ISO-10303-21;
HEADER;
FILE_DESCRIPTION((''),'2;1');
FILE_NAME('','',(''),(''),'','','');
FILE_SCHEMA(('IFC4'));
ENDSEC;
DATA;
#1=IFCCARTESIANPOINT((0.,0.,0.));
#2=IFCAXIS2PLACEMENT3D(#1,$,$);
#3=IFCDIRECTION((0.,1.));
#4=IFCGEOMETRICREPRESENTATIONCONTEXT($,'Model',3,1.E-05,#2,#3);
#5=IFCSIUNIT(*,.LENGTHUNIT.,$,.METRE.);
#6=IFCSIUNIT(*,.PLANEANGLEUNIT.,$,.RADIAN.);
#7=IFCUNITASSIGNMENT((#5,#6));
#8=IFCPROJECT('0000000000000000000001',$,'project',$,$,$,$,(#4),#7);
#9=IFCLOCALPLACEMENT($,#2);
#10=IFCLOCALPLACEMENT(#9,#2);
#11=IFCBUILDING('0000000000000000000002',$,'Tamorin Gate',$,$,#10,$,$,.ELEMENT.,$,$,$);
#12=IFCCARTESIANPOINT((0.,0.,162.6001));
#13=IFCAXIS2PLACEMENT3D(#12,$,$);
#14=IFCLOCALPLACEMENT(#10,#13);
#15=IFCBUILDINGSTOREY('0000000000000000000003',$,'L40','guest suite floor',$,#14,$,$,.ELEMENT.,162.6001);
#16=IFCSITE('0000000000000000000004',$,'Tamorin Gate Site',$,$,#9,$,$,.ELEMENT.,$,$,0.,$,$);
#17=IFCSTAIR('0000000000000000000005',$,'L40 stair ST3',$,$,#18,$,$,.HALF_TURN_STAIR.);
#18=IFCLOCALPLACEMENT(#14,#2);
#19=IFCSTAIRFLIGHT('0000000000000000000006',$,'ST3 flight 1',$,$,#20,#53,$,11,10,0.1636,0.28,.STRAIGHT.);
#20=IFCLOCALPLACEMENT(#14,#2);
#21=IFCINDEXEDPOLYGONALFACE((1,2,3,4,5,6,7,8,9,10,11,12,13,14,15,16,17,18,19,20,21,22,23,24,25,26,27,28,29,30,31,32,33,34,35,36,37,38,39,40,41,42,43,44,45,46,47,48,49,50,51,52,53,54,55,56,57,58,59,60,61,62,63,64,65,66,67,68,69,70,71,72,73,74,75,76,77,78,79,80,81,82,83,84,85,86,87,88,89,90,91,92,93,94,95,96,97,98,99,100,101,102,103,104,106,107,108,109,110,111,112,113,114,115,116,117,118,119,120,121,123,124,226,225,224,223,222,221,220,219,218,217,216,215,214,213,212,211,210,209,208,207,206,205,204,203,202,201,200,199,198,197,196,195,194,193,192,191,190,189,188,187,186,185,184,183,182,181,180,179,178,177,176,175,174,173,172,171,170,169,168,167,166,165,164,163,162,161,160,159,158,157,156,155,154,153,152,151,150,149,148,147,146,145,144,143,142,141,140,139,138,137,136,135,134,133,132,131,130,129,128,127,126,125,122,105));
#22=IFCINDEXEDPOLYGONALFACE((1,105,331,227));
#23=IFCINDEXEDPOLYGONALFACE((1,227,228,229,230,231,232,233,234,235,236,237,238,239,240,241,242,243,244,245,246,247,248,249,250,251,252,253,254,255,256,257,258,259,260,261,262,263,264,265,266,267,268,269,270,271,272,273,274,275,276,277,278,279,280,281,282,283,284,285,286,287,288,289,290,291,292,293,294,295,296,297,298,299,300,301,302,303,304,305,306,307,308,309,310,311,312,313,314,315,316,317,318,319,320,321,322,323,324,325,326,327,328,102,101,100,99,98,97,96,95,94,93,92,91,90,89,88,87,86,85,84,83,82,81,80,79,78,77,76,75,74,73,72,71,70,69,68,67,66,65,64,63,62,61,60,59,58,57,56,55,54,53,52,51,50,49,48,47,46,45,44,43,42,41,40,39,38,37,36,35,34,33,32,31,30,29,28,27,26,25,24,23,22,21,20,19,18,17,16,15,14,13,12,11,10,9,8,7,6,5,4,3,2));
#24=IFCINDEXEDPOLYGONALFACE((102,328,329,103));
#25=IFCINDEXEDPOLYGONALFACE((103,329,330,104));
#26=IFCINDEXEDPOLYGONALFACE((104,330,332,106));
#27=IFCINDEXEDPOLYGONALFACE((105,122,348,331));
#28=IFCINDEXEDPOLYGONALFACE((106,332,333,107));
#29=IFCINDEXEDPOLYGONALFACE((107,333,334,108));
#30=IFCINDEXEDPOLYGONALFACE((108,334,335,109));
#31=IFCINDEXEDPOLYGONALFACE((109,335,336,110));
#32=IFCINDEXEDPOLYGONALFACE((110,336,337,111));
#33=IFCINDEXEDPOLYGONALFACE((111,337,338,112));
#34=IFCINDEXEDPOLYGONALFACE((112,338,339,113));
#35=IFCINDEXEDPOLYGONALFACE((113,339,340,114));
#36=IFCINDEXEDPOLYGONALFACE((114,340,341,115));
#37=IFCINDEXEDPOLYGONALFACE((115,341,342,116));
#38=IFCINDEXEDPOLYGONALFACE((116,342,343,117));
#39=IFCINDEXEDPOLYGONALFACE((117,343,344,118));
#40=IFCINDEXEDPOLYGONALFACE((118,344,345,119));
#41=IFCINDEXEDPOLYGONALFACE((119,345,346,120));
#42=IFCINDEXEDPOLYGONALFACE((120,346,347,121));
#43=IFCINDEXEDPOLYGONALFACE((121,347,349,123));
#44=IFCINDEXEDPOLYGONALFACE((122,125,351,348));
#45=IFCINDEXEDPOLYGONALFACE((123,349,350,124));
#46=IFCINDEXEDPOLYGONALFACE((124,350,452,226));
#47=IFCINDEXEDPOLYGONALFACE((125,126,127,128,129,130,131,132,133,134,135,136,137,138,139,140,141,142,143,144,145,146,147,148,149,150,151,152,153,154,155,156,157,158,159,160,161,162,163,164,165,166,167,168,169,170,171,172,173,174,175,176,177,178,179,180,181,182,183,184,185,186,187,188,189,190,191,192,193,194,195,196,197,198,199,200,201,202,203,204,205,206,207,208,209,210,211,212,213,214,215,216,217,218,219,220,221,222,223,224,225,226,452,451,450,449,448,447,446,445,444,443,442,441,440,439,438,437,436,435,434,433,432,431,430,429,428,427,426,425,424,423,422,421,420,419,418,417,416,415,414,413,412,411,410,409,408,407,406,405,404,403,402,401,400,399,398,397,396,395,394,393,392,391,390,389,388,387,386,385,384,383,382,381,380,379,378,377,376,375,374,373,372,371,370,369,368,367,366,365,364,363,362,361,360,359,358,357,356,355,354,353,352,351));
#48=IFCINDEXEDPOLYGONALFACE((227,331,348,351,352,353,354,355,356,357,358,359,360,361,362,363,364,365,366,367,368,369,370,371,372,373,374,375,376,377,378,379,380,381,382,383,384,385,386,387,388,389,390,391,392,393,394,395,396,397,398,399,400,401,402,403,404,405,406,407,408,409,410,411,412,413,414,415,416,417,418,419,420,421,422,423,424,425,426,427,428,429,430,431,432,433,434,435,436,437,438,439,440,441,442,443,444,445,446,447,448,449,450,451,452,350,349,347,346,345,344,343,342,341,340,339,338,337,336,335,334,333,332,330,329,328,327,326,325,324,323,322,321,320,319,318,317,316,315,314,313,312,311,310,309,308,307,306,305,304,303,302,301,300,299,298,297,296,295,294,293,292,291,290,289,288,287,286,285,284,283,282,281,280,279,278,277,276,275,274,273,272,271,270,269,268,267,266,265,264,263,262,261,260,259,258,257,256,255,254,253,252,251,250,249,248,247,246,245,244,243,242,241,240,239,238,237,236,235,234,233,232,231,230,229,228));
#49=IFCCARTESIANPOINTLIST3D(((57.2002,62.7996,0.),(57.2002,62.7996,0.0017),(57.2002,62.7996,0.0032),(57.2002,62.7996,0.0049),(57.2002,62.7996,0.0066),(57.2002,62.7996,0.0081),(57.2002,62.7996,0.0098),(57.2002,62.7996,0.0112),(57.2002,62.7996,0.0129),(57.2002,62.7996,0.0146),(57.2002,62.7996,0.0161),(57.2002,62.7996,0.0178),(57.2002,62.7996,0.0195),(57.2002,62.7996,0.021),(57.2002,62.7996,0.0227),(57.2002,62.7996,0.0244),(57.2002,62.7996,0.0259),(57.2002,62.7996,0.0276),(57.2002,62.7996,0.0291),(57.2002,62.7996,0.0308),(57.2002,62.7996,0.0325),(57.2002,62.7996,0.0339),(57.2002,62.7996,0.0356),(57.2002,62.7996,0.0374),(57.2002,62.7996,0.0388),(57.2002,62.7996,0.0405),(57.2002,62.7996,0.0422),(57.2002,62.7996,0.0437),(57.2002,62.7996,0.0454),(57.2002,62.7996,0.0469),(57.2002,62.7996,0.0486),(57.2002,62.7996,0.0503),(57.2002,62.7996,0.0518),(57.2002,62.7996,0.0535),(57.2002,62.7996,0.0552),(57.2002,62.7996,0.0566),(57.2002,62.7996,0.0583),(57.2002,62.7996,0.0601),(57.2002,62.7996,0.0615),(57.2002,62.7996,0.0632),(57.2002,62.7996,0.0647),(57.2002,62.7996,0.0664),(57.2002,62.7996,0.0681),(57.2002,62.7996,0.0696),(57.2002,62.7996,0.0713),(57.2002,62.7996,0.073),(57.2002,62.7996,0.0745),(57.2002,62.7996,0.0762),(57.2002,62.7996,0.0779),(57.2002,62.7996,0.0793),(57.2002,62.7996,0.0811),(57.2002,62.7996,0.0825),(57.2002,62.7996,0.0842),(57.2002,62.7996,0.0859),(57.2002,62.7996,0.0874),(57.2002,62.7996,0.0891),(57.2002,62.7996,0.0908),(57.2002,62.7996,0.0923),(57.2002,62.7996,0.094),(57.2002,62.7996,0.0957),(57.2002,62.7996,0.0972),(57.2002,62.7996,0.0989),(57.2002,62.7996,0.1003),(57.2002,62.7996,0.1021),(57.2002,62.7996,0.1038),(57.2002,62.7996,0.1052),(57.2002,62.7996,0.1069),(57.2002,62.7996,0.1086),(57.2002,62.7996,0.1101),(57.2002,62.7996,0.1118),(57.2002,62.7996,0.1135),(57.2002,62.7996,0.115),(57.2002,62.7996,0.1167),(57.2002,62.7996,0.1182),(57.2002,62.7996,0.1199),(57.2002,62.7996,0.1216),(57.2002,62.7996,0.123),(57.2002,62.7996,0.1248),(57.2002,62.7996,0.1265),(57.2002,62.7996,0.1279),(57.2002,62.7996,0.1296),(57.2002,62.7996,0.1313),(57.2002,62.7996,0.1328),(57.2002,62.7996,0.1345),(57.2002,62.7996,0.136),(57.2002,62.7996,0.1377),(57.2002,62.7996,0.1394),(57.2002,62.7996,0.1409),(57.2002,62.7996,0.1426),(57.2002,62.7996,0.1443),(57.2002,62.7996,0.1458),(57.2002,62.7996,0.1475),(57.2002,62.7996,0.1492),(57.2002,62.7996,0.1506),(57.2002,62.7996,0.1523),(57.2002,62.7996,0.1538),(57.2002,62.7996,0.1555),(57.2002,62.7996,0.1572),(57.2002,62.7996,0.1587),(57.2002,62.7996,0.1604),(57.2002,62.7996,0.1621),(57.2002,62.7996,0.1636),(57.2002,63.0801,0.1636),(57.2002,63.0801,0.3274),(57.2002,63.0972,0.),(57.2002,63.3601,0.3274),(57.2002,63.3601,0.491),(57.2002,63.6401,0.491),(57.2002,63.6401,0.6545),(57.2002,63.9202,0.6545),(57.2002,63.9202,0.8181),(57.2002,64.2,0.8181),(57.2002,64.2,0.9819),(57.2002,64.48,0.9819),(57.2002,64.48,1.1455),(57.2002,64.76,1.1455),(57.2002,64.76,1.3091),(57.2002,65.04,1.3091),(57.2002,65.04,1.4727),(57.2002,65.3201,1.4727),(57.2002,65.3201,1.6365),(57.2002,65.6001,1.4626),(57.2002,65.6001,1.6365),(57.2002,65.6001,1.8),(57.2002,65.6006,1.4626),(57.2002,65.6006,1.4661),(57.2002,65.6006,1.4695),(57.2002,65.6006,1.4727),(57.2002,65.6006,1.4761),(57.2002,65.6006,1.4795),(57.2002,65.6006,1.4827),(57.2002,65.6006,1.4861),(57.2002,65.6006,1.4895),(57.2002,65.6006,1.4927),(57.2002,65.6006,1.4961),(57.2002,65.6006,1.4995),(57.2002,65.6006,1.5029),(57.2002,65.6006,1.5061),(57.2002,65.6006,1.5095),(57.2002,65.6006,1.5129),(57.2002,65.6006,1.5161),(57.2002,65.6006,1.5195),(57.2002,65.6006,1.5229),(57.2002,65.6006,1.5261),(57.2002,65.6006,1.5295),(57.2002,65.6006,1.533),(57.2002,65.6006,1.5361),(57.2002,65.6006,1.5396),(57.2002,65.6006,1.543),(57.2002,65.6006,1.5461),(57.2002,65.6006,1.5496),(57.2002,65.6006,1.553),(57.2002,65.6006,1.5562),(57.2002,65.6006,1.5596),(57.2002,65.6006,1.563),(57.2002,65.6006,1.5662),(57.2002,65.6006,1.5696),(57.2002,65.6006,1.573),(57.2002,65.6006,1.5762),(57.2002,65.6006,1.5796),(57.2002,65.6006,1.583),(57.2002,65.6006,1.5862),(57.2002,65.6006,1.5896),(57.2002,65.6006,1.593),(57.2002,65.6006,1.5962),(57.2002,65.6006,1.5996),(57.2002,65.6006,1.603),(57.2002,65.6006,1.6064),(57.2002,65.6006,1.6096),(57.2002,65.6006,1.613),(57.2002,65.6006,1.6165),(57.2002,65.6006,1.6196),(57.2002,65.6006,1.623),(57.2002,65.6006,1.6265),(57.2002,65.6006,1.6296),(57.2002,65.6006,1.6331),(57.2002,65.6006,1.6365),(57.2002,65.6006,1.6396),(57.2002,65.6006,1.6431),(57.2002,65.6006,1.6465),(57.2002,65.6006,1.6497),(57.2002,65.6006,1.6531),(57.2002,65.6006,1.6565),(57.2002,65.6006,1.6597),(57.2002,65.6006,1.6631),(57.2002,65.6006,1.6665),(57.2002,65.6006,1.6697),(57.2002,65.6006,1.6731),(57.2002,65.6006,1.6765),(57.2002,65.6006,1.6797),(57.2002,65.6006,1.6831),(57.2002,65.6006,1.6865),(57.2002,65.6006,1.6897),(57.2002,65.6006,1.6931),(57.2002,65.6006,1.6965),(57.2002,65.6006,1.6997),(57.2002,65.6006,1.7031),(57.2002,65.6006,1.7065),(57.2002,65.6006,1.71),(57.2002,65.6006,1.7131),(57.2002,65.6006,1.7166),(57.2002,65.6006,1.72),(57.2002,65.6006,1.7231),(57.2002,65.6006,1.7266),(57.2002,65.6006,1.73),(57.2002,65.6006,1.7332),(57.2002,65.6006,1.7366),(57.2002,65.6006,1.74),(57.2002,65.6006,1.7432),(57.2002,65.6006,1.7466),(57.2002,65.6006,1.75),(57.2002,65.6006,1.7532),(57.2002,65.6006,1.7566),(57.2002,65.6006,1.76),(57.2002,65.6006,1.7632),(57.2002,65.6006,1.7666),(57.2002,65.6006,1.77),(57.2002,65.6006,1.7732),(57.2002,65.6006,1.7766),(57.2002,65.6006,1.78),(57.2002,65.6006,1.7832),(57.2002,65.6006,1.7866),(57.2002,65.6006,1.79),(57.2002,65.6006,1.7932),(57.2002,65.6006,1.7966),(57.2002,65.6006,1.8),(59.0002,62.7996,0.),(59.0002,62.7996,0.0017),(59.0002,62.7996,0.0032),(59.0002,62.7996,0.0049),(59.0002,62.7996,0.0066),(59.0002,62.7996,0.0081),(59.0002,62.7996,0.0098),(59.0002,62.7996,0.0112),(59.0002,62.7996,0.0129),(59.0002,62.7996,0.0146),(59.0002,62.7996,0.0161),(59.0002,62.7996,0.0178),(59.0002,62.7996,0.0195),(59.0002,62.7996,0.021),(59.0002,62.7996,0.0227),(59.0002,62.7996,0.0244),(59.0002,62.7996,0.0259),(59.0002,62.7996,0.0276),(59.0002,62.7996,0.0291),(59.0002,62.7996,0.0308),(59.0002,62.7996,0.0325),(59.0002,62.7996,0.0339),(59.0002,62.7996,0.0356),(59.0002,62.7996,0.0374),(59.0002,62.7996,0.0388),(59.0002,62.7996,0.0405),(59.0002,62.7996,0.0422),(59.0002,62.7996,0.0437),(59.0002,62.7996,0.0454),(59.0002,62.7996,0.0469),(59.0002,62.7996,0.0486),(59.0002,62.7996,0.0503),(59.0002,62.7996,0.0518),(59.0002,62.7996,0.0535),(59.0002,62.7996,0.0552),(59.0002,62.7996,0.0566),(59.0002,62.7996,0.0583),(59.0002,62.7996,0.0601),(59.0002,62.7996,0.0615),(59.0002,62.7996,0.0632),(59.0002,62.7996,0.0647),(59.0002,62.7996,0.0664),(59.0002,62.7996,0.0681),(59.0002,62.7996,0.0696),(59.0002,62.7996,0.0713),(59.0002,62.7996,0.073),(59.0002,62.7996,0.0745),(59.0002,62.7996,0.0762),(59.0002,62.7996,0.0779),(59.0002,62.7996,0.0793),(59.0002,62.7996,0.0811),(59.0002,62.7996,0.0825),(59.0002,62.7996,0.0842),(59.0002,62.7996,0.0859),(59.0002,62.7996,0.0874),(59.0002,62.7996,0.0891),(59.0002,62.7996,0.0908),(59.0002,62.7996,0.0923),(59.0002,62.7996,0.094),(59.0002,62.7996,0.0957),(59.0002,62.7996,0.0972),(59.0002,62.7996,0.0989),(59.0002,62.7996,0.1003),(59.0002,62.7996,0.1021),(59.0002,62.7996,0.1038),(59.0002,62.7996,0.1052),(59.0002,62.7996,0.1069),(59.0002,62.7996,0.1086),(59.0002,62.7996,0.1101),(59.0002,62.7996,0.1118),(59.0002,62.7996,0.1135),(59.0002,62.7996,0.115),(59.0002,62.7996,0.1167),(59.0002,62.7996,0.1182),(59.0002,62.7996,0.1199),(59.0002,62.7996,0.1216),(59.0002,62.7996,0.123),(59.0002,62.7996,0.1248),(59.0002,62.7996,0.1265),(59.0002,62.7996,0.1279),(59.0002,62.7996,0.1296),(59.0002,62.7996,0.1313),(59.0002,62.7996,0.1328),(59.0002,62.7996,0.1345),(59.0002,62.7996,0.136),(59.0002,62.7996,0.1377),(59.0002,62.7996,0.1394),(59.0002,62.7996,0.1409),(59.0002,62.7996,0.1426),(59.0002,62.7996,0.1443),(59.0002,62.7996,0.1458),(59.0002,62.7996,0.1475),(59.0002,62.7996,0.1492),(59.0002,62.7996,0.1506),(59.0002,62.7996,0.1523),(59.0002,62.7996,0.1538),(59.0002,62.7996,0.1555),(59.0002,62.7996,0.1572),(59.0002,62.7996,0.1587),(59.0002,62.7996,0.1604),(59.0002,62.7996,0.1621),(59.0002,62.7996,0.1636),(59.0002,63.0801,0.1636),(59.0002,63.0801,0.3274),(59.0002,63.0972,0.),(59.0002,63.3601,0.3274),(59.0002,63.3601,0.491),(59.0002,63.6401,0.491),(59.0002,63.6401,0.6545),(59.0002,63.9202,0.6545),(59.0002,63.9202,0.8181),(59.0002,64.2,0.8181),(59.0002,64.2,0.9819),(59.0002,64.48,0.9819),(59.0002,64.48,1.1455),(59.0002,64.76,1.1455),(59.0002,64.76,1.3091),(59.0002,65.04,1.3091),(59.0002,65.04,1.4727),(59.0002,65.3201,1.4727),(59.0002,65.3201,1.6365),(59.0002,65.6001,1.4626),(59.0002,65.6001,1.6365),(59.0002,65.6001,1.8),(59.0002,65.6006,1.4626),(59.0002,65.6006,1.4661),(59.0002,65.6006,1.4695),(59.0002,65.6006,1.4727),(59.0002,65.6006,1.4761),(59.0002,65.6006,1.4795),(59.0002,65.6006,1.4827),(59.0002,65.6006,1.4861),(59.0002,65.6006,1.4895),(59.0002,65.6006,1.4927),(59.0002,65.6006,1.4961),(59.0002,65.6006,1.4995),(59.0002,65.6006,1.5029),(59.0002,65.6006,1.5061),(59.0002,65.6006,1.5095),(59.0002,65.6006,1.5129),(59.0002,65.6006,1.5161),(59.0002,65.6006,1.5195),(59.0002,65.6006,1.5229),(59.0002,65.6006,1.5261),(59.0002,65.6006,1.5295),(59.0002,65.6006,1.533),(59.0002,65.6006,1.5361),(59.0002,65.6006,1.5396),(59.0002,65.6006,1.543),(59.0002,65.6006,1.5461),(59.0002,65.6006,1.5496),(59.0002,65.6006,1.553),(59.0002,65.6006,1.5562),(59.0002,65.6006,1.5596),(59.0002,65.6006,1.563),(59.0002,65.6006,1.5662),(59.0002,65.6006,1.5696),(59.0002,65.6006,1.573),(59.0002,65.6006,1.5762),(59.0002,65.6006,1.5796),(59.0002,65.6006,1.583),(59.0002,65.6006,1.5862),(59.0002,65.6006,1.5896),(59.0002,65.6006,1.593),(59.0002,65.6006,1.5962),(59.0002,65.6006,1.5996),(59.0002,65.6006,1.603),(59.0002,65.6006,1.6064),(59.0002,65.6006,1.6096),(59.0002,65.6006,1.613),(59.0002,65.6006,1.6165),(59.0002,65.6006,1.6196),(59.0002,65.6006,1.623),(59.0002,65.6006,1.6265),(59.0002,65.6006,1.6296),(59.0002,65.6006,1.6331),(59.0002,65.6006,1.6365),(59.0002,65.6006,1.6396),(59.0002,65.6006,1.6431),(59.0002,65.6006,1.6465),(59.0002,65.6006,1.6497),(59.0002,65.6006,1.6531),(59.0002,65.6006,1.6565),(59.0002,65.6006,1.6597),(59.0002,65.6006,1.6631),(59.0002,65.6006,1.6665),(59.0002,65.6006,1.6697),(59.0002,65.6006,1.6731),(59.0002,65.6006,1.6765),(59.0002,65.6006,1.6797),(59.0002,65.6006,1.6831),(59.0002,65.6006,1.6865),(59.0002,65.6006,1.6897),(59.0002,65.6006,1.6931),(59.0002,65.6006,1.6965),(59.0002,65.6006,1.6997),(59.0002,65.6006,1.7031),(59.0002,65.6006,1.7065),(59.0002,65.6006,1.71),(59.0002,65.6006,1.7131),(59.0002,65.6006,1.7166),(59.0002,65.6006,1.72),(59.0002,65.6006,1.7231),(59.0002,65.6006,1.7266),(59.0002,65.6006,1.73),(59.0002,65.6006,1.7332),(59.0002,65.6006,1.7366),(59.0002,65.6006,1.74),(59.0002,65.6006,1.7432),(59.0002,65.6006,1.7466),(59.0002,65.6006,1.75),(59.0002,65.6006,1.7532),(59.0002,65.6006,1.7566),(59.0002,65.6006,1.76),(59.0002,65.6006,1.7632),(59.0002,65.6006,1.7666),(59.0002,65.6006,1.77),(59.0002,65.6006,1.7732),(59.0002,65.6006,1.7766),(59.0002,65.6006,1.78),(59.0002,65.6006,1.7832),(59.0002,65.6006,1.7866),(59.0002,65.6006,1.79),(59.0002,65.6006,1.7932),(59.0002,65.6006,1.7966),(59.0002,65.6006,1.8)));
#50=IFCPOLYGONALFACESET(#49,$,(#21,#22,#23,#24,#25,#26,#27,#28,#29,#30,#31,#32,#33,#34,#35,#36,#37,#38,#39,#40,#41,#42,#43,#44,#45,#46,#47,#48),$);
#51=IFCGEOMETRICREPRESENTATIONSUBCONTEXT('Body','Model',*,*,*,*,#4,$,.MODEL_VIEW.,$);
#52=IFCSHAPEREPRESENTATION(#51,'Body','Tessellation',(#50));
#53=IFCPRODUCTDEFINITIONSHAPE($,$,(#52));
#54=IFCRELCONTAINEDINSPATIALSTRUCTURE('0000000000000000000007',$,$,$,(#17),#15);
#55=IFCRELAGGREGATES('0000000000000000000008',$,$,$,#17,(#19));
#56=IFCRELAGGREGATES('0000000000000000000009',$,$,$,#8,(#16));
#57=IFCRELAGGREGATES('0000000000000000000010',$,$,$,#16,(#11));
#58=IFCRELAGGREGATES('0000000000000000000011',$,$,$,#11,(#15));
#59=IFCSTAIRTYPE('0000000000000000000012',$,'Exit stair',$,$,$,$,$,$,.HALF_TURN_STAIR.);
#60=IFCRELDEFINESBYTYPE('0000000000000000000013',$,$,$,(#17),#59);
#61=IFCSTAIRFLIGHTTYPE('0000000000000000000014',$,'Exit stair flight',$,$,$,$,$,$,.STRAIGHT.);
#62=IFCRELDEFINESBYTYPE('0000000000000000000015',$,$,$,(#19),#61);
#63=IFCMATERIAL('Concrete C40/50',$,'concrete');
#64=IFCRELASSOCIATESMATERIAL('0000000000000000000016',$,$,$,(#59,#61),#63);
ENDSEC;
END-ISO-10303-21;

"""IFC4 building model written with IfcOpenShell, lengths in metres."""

from ifc_helpers import new_model, si_unit, direction, frame, origin, place, context, subcontext, project, spatial, polyline, outline, extrude, material, type_object, element, aggregate, save


model = new_model("IFC4")

# Units and contexts
model_context = context("Model", 3, precision=1e-05, world=origin(), true_north=direction((0.0, 1.0)))
body_context = subcontext(model_context, "Body", "Model", "MODEL_VIEW")
ifc_project = project(units=[si_unit("LENGTHUNIT", "METRE"), si_unit("PLANEANGLEUNIT", "RADIAN")], contexts=[model_context])

# Site, building, storey
site_placement = place(None, origin())
site = spatial("IfcSite", under=ifc_project, at=site_placement, Name="Tamorin Gate Site", CompositionType="ELEMENT", RefElevation=0.0)
building_placement = place(site_placement, origin())
building = spatial("IfcBuilding", under=site, at=building_placement, Name="Tamorin Gate", CompositionType="ELEMENT")
storey_placement = place(building_placement, frame((0.0, 0.0, 162.6001)))
storey = spatial("IfcBuildingStorey", under=building, at=storey_placement, Name="L40", Description="guest suite floor", CompositionType="ELEMENT", Elevation=162.6001)

# Stair, stair flight
ifc_material_1 = material(Name="Concrete C40/50", Category="concrete")
stair_type = type_object("IfcStairType", Name="Exit stair", PredefinedType="HALF_TURN_STAIR", material=ifc_material_1)
stair_placement = place(storey_placement, origin())
stair = element("IfcStair", 1, at=stair_placement, inside=storey, type_object=stair_type, Name="L40 stair ST3", PredefinedType="HALF_TURN_STAIR")
stair_flight_type = type_object("IfcStairFlightType", Name="Exit stair flight", PredefinedType="STRAIGHT", material=ifc_material_1)
stair_flight_placement = place(storey_placement, frame((58.1001, 62.8, 0.0), z_axis=(0.0, 0.0, 1.0), x_axis=(0.0, 1.0, 0.0)))
stair_flight = element("IfcStairFlight", 2, at=stair_flight_placement, type_object=stair_flight_type, Name="ST3 flight 1", NumberOfRisers=11, NumberOfTreads=10, PredefinedType="STRAIGHT", RiserHeight=0.1636, TreadLength=0.28, context=body_context, shape_type="SweptSolid", body=[
    extrude(outline(polyline([(-0.0005, 0.0), (-0.0005, 0.0017), (-0.0005, 0.0032), (-0.0005, 0.0049), (-0.0005, 0.0066), (-0.0005, 0.0081), (-0.0005, 0.0098), (-0.0005, 0.0112), (-0.0005, 0.0129), (-0.0005, 0.0146), (-0.0005, 0.0161), (-0.0005, 0.0178), (-0.0005, 0.0195), (-0.0005, 0.021), (-0.0005, 0.0227), (-0.0005, 0.0244), (-0.0005, 0.0259), (-0.0005, 0.0276), (-0.0005, 0.0291), (-0.0005, 0.0308), (-0.0005, 0.0325), (-0.0005, 0.0339), (-0.0005, 0.0356), (-0.0005, 0.0374), (-0.0005, 0.0388), (-0.0005, 0.0405), (-0.0005, 0.0422), (-0.0005, 0.0437), (-0.0005, 0.0454), (-0.0005, 0.0469), (-0.0005, 0.0486), (-0.0005, 0.0503), (-0.0005, 0.0518), (-0.0005, 0.0535), (-0.0005, 0.0552), (-0.0005, 0.0566), (-0.0005, 0.0583), (-0.0005, 0.0601), (-0.0005, 0.0615), (-0.0005, 0.0632), (-0.0005, 0.0647), (-0.0005, 0.0664), (-0.0005, 0.0681), (-0.0005, 0.0696), (-0.0005, 0.0713), (-0.0005, 0.073), (-0.0005, 0.0745), (-0.0005, 0.0762), (-0.0005, 0.0779), (-0.0005, 0.0793), (-0.0005, 0.0811), (-0.0005, 0.0825), (-0.0005, 0.0842), (-0.0005, 0.0859), (-0.0005, 0.0874), (-0.0005, 0.0891), (-0.0005, 0.0908), (-0.0005, 0.0923), (-0.0005, 0.094), (-0.0005, 0.0957), (-0.0005, 0.0972), (-0.0005, 0.0989), (-0.0005, 0.1003), (-0.0005, 0.1021), (-0.0005, 0.1038), (-0.0005, 0.1052), (-0.0005, 0.1069), (-0.0005, 0.1086), (-0.0005, 0.1101), (-0.0005, 0.1118), (-0.0005, 0.1135), (-0.0005, 0.115), (-0.0005, 0.1167), (-0.0005, 0.1182), (-0.0005, 0.1199), (-0.0005, 0.1216), (-0.0005, 0.123), (-0.0005, 0.1248), (-0.0005, 0.1265), (-0.0005, 0.1279), (-0.0005, 0.1296), (-0.0005, 0.1313), (-0.0005, 0.1328), (-0.0005, 0.1345), (-0.0005, 0.136), (-0.0005, 0.1377), (-0.0005, 0.1394), (-0.0005, 0.1409), (-0.0005, 0.1426), (-0.0005, 0.1443), (-0.0005, 0.1458), (-0.0005, 0.1475), (-0.0005, 0.1492), (-0.0005, 0.1506), (-0.0005, 0.1523), (-0.0005, 0.1538), (-0.0005, 0.1555), (-0.0005, 0.1572), (-0.0005, 0.1587), (-0.0005, 0.1604), (-0.0005, 0.1621), (-0.0005, 0.1636), (0.28, 0.1636), (0.28, 0.3274), (0.5601, 0.3274), (0.5601, 0.491), (0.8401, 0.491), (0.8401, 0.6545), (1.1201, 0.6545), (1.1201, 0.8181), (1.3999, 0.8181), (1.3999, 0.9819), (1.6799, 0.9819), (1.6799, 1.1455), (1.96, 1.1455), (1.96, 1.3091), (2.24, 1.3091), (2.24, 1.4727), (2.52, 1.4727), (2.52, 1.6365), (2.8, 1.6365), (2.8, 1.8), (2.8005, 1.8), (2.8005, 1.7966), (2.8005, 1.7932), (2.8005, 1.79), (2.8005, 1.7866), (2.8005, 1.7832), (2.8005, 1.78), (2.8005, 1.7766), (2.8005, 1.7732), (2.8005, 1.77), (2.8005, 1.7666), (2.8005, 1.7632), (2.8005, 1.76), (2.8005, 1.7566), (2.8005, 1.7532), (2.8005, 1.75), (2.8005, 1.7466), (2.8005, 1.7432), (2.8005, 1.74), (2.8005, 1.7366), (2.8005, 1.7332), (2.8005, 1.73), (2.8005, 1.7266), (2.8005, 1.7231), (2.8005, 1.72), (2.8005, 1.7166), (2.8005, 1.7131), (2.8005, 1.71), (2.8005, 1.7065), (2.8005, 1.7031), (2.8005, 1.6997), (2.8005, 1.6965), (2.8005, 1.6931), (2.8005, 1.6897), (2.8005, 1.6865), (2.8005, 1.6831), (2.8005, 1.6797), (2.8005, 1.6765), (2.8005, 1.6731), (2.8005, 1.6697), (2.8005, 1.6665), (2.8005, 1.6631), (2.8005, 1.6597), (2.8005, 1.6565), (2.8005, 1.6531), (2.8005, 1.6497), (2.8005, 1.6465), (2.8005, 1.6431), (2.8005, 1.6396), (2.8005, 1.6365), (2.8005, 1.6331), (2.8005, 1.6296), (2.8005, 1.6265), (2.8005, 1.623), (2.8005, 1.6196), (2.8005, 1.6165), (2.8005, 1.613), (2.8005, 1.6096), (2.8005, 1.6064), (2.8005, 1.603), (2.8005, 1.5996), (2.8005, 1.5962), (2.8005, 1.593), (2.8005, 1.5896), (2.8005, 1.5862), (2.8005, 1.583), (2.8005, 1.5796), (2.8005, 1.5762), (2.8005, 1.573), (2.8005, 1.5696), (2.8005, 1.5662), (2.8005, 1.563), (2.8005, 1.5596), (2.8005, 1.5562), (2.8005, 1.553), (2.8005, 1.5496), (2.8005, 1.5461), (2.8005, 1.543), (2.8005, 1.5396), (2.8005, 1.5361), (2.8005, 1.533), (2.8005, 1.5295), (2.8005, 1.5261), (2.8005, 1.5229), (2.8005, 1.5195), (2.8005, 1.5161), (2.8005, 1.5129), (2.8005, 1.5095), (2.8005, 1.5061), (2.8005, 1.5029), (2.8005, 1.4995), (2.8005, 1.4961), (2.8005, 1.4927), (2.8005, 1.4895), (2.8005, 1.4861), (2.8005, 1.4827), (2.8005, 1.4795), (2.8005, 1.4761), (2.8005, 1.4727), (2.8005, 1.4695), (2.8005, 1.4661), (2.8005, 1.4626), (2.8, 1.4626), (0.2971, 0.0), (-0.0005, 0.0)])), frame((0.0, 0.8999, 0.0), z_axis=(0.0, -1.0, 0.0), x_axis=(1.0, 0.0, 0.0)), (0.0, 0.0, 1.0), 1.8),
])
aggregate(stair, [stair_flight])

save(model, "model.ifc")
